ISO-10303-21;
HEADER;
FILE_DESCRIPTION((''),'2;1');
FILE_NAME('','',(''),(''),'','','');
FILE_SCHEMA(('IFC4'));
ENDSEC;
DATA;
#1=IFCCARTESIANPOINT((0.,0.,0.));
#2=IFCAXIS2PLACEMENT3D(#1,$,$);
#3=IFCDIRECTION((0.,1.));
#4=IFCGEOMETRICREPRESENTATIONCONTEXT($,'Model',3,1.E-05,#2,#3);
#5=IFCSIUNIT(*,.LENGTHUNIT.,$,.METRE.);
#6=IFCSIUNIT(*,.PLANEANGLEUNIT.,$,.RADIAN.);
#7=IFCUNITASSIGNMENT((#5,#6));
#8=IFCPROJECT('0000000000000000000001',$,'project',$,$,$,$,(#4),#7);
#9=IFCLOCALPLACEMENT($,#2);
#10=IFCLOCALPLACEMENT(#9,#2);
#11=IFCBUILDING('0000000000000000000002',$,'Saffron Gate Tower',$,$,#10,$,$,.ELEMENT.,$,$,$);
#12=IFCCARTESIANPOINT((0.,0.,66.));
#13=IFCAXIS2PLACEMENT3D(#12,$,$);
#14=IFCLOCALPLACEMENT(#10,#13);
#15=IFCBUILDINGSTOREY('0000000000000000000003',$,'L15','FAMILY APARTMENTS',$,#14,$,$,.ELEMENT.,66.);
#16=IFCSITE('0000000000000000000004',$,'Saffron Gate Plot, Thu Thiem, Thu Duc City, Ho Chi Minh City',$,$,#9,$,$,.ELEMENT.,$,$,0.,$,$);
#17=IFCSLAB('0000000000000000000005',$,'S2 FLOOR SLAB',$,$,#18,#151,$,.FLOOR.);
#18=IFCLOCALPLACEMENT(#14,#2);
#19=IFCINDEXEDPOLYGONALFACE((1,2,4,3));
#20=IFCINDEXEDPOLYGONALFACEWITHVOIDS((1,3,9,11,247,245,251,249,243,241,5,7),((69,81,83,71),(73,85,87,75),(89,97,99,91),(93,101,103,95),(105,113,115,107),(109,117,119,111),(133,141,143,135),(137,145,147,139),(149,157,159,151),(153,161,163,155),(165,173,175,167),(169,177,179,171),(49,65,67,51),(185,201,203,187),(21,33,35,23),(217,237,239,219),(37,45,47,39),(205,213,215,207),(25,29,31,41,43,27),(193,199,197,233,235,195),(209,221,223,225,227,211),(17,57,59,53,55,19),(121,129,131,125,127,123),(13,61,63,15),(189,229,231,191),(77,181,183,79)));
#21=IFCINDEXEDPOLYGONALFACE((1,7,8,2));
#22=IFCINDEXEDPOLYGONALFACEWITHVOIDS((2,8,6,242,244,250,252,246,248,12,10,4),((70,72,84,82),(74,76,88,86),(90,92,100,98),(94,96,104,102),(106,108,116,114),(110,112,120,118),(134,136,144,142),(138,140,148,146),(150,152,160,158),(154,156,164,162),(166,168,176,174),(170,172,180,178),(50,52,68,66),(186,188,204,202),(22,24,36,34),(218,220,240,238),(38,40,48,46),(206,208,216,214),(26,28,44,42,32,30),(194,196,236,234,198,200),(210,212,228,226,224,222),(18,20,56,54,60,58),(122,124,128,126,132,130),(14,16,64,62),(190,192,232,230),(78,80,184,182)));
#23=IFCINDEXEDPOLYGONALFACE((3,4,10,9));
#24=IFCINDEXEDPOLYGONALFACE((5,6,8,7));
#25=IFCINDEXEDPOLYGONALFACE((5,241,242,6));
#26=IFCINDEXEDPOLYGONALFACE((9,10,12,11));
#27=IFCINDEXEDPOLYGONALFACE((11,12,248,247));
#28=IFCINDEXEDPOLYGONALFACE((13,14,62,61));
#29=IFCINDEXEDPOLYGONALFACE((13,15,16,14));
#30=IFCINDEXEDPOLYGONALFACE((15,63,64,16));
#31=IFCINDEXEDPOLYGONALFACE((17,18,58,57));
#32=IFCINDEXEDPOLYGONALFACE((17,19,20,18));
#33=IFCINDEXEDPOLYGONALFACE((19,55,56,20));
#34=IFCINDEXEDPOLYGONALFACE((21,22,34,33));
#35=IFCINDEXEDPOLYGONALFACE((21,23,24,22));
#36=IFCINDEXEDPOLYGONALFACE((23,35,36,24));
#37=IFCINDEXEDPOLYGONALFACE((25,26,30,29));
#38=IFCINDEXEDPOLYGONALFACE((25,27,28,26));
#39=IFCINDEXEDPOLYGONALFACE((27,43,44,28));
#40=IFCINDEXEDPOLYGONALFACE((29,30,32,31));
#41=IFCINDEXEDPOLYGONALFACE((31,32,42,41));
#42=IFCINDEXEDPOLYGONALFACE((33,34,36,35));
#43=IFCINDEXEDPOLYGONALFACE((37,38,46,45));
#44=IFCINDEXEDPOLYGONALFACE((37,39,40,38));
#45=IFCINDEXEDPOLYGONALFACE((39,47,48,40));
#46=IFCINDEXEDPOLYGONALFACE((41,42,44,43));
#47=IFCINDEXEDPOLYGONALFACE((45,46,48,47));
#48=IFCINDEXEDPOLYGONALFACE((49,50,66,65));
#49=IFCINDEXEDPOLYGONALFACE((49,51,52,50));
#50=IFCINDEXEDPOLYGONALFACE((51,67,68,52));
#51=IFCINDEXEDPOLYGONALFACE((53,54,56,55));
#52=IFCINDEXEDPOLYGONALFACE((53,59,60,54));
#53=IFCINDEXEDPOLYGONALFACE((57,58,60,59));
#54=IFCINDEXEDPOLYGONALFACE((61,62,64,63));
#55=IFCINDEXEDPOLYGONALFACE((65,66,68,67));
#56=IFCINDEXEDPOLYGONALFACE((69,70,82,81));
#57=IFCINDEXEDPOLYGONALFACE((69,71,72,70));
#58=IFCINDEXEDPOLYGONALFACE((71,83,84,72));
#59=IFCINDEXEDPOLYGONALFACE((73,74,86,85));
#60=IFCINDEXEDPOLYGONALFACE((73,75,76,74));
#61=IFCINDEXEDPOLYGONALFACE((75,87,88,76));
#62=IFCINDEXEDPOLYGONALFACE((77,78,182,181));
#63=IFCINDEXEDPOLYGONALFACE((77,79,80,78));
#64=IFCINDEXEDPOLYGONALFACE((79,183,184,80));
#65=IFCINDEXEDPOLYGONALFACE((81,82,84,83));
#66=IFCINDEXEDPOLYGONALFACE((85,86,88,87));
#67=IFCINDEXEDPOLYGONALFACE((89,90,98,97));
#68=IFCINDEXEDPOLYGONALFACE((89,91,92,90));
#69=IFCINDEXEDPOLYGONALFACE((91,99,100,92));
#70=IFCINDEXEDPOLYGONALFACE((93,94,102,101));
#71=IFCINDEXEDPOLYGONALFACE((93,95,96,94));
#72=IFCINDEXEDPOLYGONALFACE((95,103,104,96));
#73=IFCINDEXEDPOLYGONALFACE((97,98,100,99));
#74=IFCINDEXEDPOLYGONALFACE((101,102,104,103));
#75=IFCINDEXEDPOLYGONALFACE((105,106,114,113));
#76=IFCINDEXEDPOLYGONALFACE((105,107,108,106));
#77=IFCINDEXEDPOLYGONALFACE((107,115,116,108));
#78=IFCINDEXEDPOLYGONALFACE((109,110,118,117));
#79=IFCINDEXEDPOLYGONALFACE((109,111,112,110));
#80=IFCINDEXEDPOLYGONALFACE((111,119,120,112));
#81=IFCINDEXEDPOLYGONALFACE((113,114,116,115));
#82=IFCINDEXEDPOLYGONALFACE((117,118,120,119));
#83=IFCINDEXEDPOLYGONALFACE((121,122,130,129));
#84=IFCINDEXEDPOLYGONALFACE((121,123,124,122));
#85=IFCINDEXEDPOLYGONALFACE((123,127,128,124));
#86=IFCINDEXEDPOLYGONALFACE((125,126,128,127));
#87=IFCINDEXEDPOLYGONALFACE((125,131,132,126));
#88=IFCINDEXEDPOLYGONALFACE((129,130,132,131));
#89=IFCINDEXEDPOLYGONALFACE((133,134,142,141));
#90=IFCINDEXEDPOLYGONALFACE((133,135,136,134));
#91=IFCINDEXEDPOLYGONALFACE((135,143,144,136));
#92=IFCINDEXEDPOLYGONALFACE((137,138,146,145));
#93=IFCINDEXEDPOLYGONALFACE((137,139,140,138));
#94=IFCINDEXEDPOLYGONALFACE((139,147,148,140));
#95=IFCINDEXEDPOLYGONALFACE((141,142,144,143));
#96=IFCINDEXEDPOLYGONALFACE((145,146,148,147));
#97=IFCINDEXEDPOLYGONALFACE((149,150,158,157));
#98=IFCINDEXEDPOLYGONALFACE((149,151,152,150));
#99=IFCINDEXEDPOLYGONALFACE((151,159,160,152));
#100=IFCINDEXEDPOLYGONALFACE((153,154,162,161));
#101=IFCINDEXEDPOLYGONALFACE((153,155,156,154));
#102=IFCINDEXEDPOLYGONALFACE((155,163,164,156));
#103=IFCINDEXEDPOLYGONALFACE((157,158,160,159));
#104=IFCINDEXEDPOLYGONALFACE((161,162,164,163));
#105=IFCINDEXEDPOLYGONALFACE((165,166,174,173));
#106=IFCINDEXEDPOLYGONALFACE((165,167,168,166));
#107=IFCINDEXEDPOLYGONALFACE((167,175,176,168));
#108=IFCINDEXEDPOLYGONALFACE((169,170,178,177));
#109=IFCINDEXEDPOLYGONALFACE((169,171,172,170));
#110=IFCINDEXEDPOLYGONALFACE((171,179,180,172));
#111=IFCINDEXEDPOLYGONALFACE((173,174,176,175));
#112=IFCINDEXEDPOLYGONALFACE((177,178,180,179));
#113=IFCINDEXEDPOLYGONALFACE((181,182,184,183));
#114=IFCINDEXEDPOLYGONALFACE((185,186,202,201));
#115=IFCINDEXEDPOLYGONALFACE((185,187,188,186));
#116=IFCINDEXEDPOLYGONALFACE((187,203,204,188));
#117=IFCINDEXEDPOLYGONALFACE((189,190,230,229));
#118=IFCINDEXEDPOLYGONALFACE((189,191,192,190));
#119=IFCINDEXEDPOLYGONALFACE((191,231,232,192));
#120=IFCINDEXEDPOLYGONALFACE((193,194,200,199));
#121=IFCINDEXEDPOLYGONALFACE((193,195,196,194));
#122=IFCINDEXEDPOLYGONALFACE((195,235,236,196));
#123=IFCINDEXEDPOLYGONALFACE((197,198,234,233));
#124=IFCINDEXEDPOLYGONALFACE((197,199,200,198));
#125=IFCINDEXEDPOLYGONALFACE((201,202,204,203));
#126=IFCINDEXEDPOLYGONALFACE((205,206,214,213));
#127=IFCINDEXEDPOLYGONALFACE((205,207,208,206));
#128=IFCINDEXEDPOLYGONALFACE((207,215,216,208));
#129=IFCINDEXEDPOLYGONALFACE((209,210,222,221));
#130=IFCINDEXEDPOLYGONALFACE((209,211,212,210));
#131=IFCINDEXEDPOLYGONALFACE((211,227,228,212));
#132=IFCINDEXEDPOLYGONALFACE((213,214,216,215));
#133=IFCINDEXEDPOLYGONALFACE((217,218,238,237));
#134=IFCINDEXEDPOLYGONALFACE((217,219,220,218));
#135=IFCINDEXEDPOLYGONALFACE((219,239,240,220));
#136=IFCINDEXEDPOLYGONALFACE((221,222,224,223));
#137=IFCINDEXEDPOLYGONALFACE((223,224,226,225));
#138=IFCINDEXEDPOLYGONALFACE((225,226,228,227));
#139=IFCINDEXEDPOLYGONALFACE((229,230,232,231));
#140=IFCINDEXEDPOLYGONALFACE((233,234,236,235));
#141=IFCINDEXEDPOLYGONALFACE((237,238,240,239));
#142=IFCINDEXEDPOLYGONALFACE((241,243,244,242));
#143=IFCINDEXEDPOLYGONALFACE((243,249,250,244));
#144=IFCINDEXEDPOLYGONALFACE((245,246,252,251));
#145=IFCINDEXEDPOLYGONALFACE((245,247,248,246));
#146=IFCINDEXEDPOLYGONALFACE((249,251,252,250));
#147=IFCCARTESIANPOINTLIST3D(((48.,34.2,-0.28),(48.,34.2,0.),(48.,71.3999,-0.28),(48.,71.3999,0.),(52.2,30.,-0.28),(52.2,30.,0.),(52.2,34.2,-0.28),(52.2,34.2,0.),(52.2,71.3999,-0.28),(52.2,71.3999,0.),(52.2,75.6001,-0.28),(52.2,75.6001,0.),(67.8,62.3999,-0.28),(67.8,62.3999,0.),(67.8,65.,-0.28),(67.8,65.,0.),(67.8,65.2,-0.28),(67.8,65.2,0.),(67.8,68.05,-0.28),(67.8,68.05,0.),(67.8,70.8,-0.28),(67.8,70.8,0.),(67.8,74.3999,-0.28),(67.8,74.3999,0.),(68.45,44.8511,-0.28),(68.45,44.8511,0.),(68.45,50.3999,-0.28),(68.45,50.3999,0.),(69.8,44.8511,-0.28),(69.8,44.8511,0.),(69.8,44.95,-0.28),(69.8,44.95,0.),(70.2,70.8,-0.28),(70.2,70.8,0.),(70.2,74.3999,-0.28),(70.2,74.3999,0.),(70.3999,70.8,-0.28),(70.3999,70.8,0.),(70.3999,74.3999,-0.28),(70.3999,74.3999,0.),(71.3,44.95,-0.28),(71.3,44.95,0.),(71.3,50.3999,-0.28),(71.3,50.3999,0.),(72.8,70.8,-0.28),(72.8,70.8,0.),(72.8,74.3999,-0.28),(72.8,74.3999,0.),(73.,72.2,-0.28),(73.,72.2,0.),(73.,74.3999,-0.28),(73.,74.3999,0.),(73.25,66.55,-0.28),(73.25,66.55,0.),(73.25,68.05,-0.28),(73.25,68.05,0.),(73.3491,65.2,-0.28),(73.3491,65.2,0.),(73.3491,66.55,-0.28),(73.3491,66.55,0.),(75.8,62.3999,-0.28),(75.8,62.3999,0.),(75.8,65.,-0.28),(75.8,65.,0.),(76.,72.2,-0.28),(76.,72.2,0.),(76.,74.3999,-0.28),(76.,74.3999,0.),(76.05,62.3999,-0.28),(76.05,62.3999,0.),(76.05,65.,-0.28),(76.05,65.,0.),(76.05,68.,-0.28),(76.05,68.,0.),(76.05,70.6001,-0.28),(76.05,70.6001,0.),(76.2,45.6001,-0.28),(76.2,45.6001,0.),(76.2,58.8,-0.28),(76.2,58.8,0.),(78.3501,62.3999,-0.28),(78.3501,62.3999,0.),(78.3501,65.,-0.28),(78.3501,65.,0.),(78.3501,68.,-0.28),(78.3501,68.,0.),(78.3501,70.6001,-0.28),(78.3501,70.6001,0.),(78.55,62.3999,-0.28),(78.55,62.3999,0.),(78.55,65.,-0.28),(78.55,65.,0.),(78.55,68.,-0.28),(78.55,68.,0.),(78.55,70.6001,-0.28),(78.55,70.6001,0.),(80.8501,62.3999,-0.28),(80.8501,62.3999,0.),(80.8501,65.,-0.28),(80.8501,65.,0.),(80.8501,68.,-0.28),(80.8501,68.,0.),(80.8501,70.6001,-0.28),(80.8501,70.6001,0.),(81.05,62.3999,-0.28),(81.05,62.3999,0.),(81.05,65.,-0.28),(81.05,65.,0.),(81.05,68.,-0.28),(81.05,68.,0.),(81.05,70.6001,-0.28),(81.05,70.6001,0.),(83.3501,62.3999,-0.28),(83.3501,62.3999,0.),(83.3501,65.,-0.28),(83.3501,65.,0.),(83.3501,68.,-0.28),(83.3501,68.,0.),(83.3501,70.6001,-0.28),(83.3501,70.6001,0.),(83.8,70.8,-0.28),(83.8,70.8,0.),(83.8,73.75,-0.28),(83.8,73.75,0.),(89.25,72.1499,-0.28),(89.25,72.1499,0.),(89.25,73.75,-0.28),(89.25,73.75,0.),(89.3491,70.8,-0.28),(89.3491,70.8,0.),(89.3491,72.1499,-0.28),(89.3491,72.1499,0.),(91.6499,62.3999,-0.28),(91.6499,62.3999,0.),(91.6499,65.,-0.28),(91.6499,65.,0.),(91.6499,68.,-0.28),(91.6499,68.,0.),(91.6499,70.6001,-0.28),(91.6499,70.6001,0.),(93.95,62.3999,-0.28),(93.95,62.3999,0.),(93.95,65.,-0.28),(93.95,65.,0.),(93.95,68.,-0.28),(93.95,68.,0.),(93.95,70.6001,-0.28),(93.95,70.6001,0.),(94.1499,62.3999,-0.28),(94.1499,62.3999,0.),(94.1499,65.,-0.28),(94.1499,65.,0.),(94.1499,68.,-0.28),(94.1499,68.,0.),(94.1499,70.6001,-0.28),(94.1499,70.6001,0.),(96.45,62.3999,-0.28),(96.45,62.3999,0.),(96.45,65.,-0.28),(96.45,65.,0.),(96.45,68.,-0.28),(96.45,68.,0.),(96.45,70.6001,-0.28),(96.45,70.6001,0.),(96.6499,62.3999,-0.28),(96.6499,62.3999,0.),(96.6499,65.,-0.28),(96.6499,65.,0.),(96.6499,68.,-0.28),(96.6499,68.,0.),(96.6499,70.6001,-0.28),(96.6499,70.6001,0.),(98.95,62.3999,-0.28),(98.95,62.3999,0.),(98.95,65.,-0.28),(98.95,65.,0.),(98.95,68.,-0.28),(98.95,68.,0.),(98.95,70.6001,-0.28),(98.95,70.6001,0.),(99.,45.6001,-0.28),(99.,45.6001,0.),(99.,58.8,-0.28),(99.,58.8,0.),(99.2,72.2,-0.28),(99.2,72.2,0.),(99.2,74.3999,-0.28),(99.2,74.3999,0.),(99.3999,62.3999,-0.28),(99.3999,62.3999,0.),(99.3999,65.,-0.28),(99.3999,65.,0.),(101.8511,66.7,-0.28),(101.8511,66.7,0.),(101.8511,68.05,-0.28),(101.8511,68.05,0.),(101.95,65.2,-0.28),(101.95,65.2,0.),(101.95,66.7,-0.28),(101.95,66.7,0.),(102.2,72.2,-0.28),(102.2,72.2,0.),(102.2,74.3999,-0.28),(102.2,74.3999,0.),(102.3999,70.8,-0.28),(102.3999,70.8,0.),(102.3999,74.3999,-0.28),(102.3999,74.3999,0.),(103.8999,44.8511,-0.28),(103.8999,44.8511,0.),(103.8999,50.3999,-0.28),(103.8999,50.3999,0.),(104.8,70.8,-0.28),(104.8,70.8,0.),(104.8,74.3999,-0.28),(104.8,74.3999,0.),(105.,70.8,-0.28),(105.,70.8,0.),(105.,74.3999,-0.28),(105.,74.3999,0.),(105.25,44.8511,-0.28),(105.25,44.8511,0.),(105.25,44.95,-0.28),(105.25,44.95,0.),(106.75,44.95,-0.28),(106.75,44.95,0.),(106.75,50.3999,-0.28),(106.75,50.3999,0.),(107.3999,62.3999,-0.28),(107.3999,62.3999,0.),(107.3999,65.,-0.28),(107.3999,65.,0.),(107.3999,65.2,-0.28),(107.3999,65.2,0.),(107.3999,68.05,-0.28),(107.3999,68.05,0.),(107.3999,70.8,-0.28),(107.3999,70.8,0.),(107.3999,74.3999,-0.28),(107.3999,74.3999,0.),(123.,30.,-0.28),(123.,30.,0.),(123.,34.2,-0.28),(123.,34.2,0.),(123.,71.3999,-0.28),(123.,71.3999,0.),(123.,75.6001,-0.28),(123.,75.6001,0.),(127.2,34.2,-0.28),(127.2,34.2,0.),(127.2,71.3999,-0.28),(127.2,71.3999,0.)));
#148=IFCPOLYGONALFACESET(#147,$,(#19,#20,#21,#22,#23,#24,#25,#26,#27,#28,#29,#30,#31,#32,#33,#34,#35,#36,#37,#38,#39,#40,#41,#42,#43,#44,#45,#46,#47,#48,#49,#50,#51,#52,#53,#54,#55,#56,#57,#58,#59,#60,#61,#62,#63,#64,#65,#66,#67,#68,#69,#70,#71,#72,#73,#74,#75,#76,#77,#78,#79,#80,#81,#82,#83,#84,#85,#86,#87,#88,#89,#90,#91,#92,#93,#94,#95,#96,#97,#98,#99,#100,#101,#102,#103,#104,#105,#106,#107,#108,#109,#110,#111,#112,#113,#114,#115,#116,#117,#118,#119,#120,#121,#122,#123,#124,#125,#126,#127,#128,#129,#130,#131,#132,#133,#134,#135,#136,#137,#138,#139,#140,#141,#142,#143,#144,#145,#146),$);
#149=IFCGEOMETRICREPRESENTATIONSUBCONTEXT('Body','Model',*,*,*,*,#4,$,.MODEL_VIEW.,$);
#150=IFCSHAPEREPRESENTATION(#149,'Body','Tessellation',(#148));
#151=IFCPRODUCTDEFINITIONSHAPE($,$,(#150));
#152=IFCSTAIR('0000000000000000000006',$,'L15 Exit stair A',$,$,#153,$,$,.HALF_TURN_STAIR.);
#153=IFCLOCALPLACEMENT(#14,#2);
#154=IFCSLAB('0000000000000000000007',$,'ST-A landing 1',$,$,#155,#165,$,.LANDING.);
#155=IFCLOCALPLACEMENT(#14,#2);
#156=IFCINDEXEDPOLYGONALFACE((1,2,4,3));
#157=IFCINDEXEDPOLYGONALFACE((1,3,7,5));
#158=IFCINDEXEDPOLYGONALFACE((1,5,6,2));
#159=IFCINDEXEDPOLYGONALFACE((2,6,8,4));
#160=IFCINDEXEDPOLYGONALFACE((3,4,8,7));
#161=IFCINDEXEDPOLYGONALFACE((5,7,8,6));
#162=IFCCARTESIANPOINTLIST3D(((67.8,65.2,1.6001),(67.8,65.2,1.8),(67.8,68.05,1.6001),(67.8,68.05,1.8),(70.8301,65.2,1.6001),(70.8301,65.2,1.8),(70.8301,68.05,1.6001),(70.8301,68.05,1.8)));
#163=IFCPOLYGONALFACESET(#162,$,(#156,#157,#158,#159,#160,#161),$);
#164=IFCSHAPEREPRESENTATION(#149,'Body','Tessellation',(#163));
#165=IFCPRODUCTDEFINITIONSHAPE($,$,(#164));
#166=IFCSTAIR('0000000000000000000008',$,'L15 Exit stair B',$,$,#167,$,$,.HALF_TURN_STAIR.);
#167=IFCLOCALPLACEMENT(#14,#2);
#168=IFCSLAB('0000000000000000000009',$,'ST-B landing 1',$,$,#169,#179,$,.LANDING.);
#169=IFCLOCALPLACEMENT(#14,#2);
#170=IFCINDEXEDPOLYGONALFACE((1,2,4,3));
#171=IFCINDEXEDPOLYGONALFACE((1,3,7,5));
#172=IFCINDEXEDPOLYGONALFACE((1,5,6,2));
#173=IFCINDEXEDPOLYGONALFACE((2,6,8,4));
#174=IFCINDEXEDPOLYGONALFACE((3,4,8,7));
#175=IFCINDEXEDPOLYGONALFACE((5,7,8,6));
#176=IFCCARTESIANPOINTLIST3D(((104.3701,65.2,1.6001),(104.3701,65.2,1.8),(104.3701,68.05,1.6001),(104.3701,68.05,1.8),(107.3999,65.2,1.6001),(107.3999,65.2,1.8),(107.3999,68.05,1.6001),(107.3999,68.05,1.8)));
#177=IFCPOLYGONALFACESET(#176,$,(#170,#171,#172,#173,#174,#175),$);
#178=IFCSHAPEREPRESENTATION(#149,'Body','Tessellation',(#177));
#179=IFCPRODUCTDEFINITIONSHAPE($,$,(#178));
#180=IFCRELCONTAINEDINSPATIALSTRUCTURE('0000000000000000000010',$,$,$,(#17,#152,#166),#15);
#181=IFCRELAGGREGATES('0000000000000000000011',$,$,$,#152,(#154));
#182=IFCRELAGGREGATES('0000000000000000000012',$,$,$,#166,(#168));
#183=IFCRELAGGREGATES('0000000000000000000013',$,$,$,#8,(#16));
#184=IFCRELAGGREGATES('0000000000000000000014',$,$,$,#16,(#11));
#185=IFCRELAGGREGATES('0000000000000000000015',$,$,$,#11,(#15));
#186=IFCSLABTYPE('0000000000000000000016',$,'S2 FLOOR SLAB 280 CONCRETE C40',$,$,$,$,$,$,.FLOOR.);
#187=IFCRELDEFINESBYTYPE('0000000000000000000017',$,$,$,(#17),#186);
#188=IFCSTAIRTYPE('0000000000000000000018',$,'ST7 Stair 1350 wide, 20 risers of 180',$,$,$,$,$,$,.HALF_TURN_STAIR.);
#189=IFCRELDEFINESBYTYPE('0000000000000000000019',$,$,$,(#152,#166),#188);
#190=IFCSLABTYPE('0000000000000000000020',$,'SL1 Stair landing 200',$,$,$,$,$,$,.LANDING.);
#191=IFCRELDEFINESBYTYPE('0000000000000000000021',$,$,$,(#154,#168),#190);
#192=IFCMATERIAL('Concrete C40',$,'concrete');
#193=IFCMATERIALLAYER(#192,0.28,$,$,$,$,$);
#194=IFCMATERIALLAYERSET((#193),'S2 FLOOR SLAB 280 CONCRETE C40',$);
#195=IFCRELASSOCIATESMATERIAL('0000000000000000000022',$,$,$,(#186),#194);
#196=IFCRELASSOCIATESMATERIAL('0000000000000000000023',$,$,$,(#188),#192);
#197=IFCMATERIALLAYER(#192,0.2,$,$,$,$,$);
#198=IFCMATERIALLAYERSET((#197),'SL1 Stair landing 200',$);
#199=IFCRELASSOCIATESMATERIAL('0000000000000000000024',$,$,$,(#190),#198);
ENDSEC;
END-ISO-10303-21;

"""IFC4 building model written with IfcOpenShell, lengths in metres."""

from ifc_helpers import new_model, si_unit, direction, frame, origin, place, context, subcontext, project, spatial, polyline, outline, extrude, material, layer, layer_set, type_object, element, aggregate, save


model = new_model("IFC4")

# Units and contexts
model_context = context("Model", 3, precision=1e-05, world=origin(), true_north=direction((0.0, 1.0)))
body_context = subcontext(model_context, "Body", "Model", "MODEL_VIEW")
ifc_project = project(units=[si_unit("LENGTHUNIT", "METRE"), si_unit("PLANEANGLEUNIT", "RADIAN")], contexts=[model_context])

# Site, building, storey
site_placement = place(None, origin())
site = spatial("IfcSite", under=ifc_project, at=site_placement, Name="Saffron Gate Plot, Thu Thiem, Thu Duc City, Ho Chi Minh City", CompositionType="ELEMENT", RefElevation=0.0)
building_placement = place(site_placement, origin())
building = spatial("IfcBuilding", under=site, at=building_placement, Name="Saffron Gate Tower", CompositionType="ELEMENT")
storey_placement = place(building_placement, frame((0.0, 0.0, 66.0)))
storey = spatial("IfcBuildingStorey", under=building, at=storey_placement, Name="L15", Description="FAMILY APARTMENTS", CompositionType="ELEMENT", Elevation=66.0)

# Slab
ifc_material_1 = material(Name="Concrete C40", Category="concrete")
ifc_layer_1 = layer(ifc_material_1, 0.28)
ifc_layer_set_1 = layer_set([ifc_layer_1], Name="S2 FLOOR SLAB 280 CONCRETE C40")
slab_type_1 = type_object("IfcSlabType", Name="S2 FLOOR SLAB 280 CONCRETE C40", PredefinedType="FLOOR", material=ifc_layer_set_1)
slab_1_placement = place(storey_placement, frame((0.0, 0.0, -0.28)))
element("IfcSlab", 1, at=slab_1_placement, inside=storey, type_object=slab_type_1, Name="S2 FLOOR SLAB", PredefinedType="FLOOR", context=body_context, shape_type="SweptSolid", body=[
    extrude(outline(polyline([(48.0, 34.2), (52.2, 34.2), (52.2, 30.0), (123.0, 30.0), (123.0, 34.2), (127.2, 34.2), (127.2, 71.3999), (123.0, 71.3999), (123.0, 75.6001), (52.2, 75.6001), (52.2, 71.3999), (48.0, 71.3999), (48.0, 34.2)]), holes=[polyline([(67.8, 62.3999), (67.8, 65.0), (75.8, 65.0), (75.8, 62.3999), (67.8, 62.3999)]), polyline([(67.8, 65.2), (67.8, 68.05), (73.25, 68.05), (73.25, 66.55), (73.3491, 66.55), (73.3491, 65.2), (67.8, 65.2)]), polyline([(67.8, 70.8), (67.8, 74.3999), (70.2, 74.3999), (70.2, 70.8), (67.8, 70.8)]), polyline([(68.45, 44.8511), (68.45, 50.3999), (71.3, 50.3999), (71.3, 44.95), (69.8, 44.95), (69.8, 44.8511), (68.45, 44.8511)]), polyline([(70.3999, 70.8), (70.3999, 74.3999), (72.8, 74.3999), (72.8, 70.8), (70.3999, 70.8)]), polyline([(73.0, 72.2), (73.0, 74.3999), (76.0, 74.3999), (76.0, 72.2), (73.0, 72.2)]), polyline([(76.05, 62.3999), (76.05, 65.0), (78.3501, 65.0), (78.3501, 62.3999), (76.05, 62.3999)]), polyline([(76.05, 68.0), (76.05, 70.6001), (78.3501, 70.6001), (78.3501, 68.0), (76.05, 68.0)]), polyline([(76.2, 45.6001), (76.2, 58.8), (99.0, 58.8), (99.0, 45.6001), (76.2, 45.6001)]), polyline([(78.55, 62.3999), (78.55, 65.0), (80.8501, 65.0), (80.8501, 62.3999), (78.55, 62.3999)]), polyline([(78.55, 68.0), (78.55, 70.6001), (80.8501, 70.6001), (80.8501, 68.0), (78.55, 68.0)]), polyline([(81.05, 62.3999), (81.05, 65.0), (83.3501, 65.0), (83.3501, 62.3999), (81.05, 62.3999)]), polyline([(81.05, 68.0), (81.05, 70.6001), (83.3501, 70.6001), (83.3501, 68.0), (81.05, 68.0)]), polyline([(83.8, 70.8), (83.8, 73.75), (89.25, 73.75), (89.25, 72.1499), (89.3491, 72.1499), (89.3491, 70.8), (83.8, 70.8)]), polyline([(91.6499, 62.3999), (91.6499, 65.0), (93.95, 65.0), (93.95, 62.3999), (91.6499, 62.3999)]), polyline([(91.6499, 68.0), (91.6499, 70.6001), (93.95, 70.6001), (93.95, 68.0), (91.6499, 68.0)]), polyline([(94.1499, 62.3999), (94.1499, 65.0), (96.45, 65.0), (96.45, 62.3999), (94.1499, 62.3999)]), polyline([(94.1499, 68.0), (94.1499, 70.6001), (96.45, 70.6001), (96.45, 68.0), (94.1499, 68.0)]), polyline([(96.6499, 62.3999), (96.6499, 65.0), (98.95, 65.0), (98.95, 62.3999), (96.6499, 62.3999)]), polyline([(96.6499, 68.0), (96.6499, 70.6001), (98.95, 70.6001), (98.95, 68.0), (96.6499, 68.0)]), polyline([(99.2, 72.2), (99.2, 74.3999), (102.2, 74.3999), (102.2, 72.2), (99.2, 72.2)]), polyline([(99.3999, 62.3999), (99.3999, 65.0), (107.3999, 65.0), (107.3999, 62.3999), (99.3999, 62.3999)]), polyline([(101.8511, 66.7), (101.8511, 68.05), (107.3999, 68.05), (107.3999, 65.2), (101.95, 65.2), (101.95, 66.7), (101.8511, 66.7)]), polyline([(102.3999, 70.8), (102.3999, 74.3999), (104.8, 74.3999), (104.8, 70.8), (102.3999, 70.8)]), polyline([(103.8999, 44.8511), (103.8999, 50.3999), (106.75, 50.3999), (106.75, 44.95), (105.25, 44.95), (105.25, 44.8511), (103.8999, 44.8511)]), polyline([(105.0, 70.8), (105.0, 74.3999), (107.3999, 74.3999), (107.3999, 70.8), (105.0, 70.8)])]), origin(), (0.0, 0.0, 1.0), 0.28),
])

# Stairs, slabs
stair_type = type_object("IfcStairType", Name="ST7 Stair 1350 wide, 20 risers of 180", PredefinedType="HALF_TURN_STAIR", material=ifc_material_1)
stair_1_placement = place(storey_placement, origin())
stair_1 = element("IfcStair", 2, at=stair_1_placement, inside=storey, type_object=stair_type, Name="L15 Exit stair A", PredefinedType="HALF_TURN_STAIR")
ifc_layer_2 = layer(ifc_material_1, 0.2)
ifc_layer_set_2 = layer_set([ifc_layer_2], Name="SL1 Stair landing 200")
slab_type_2 = type_object("IfcSlabType", Name="SL1 Stair landing 200", PredefinedType="LANDING", material=ifc_layer_set_2)
slab_2_placement = place(storey_placement, frame((0.0, 0.0, 1.6001)))
slab_2 = element("IfcSlab", 3, at=slab_2_placement, type_object=slab_type_2, Name="ST-A landing 1", PredefinedType="LANDING", context=body_context, shape_type="SweptSolid", body=[
    extrude(outline(polyline([(70.8301, 68.05), (67.8, 68.05), (67.8, 65.2), (70.8301, 65.2), (70.8301, 68.05)])), origin(), (0.0, 0.0, 1.0), 0.2),
])
aggregate(stair_1, [slab_2])
stair_2_placement = place(storey_placement, origin())
stair_2 = element("IfcStair", 4, at=stair_2_placement, inside=storey, type_object=stair_type, Name="L15 Exit stair B", PredefinedType="HALF_TURN_STAIR")
slab_3_placement = place(storey_placement, frame((0.0, 0.0, 1.6001)))
slab_3 = element("IfcSlab", 5, at=slab_3_placement, type_object=slab_type_2, Name="ST-B landing 1", PredefinedType="LANDING", context=body_context, shape_type="SweptSolid", body=[
    extrude(outline(polyline([(104.3701, 65.2), (107.3999, 65.2), (107.3999, 68.05), (104.3701, 68.05), (104.3701, 65.2)])), origin(), (0.0, 0.0, 1.0), 0.2),
])
aggregate(stair_2, [slab_3])

save(model, "model.ifc")
